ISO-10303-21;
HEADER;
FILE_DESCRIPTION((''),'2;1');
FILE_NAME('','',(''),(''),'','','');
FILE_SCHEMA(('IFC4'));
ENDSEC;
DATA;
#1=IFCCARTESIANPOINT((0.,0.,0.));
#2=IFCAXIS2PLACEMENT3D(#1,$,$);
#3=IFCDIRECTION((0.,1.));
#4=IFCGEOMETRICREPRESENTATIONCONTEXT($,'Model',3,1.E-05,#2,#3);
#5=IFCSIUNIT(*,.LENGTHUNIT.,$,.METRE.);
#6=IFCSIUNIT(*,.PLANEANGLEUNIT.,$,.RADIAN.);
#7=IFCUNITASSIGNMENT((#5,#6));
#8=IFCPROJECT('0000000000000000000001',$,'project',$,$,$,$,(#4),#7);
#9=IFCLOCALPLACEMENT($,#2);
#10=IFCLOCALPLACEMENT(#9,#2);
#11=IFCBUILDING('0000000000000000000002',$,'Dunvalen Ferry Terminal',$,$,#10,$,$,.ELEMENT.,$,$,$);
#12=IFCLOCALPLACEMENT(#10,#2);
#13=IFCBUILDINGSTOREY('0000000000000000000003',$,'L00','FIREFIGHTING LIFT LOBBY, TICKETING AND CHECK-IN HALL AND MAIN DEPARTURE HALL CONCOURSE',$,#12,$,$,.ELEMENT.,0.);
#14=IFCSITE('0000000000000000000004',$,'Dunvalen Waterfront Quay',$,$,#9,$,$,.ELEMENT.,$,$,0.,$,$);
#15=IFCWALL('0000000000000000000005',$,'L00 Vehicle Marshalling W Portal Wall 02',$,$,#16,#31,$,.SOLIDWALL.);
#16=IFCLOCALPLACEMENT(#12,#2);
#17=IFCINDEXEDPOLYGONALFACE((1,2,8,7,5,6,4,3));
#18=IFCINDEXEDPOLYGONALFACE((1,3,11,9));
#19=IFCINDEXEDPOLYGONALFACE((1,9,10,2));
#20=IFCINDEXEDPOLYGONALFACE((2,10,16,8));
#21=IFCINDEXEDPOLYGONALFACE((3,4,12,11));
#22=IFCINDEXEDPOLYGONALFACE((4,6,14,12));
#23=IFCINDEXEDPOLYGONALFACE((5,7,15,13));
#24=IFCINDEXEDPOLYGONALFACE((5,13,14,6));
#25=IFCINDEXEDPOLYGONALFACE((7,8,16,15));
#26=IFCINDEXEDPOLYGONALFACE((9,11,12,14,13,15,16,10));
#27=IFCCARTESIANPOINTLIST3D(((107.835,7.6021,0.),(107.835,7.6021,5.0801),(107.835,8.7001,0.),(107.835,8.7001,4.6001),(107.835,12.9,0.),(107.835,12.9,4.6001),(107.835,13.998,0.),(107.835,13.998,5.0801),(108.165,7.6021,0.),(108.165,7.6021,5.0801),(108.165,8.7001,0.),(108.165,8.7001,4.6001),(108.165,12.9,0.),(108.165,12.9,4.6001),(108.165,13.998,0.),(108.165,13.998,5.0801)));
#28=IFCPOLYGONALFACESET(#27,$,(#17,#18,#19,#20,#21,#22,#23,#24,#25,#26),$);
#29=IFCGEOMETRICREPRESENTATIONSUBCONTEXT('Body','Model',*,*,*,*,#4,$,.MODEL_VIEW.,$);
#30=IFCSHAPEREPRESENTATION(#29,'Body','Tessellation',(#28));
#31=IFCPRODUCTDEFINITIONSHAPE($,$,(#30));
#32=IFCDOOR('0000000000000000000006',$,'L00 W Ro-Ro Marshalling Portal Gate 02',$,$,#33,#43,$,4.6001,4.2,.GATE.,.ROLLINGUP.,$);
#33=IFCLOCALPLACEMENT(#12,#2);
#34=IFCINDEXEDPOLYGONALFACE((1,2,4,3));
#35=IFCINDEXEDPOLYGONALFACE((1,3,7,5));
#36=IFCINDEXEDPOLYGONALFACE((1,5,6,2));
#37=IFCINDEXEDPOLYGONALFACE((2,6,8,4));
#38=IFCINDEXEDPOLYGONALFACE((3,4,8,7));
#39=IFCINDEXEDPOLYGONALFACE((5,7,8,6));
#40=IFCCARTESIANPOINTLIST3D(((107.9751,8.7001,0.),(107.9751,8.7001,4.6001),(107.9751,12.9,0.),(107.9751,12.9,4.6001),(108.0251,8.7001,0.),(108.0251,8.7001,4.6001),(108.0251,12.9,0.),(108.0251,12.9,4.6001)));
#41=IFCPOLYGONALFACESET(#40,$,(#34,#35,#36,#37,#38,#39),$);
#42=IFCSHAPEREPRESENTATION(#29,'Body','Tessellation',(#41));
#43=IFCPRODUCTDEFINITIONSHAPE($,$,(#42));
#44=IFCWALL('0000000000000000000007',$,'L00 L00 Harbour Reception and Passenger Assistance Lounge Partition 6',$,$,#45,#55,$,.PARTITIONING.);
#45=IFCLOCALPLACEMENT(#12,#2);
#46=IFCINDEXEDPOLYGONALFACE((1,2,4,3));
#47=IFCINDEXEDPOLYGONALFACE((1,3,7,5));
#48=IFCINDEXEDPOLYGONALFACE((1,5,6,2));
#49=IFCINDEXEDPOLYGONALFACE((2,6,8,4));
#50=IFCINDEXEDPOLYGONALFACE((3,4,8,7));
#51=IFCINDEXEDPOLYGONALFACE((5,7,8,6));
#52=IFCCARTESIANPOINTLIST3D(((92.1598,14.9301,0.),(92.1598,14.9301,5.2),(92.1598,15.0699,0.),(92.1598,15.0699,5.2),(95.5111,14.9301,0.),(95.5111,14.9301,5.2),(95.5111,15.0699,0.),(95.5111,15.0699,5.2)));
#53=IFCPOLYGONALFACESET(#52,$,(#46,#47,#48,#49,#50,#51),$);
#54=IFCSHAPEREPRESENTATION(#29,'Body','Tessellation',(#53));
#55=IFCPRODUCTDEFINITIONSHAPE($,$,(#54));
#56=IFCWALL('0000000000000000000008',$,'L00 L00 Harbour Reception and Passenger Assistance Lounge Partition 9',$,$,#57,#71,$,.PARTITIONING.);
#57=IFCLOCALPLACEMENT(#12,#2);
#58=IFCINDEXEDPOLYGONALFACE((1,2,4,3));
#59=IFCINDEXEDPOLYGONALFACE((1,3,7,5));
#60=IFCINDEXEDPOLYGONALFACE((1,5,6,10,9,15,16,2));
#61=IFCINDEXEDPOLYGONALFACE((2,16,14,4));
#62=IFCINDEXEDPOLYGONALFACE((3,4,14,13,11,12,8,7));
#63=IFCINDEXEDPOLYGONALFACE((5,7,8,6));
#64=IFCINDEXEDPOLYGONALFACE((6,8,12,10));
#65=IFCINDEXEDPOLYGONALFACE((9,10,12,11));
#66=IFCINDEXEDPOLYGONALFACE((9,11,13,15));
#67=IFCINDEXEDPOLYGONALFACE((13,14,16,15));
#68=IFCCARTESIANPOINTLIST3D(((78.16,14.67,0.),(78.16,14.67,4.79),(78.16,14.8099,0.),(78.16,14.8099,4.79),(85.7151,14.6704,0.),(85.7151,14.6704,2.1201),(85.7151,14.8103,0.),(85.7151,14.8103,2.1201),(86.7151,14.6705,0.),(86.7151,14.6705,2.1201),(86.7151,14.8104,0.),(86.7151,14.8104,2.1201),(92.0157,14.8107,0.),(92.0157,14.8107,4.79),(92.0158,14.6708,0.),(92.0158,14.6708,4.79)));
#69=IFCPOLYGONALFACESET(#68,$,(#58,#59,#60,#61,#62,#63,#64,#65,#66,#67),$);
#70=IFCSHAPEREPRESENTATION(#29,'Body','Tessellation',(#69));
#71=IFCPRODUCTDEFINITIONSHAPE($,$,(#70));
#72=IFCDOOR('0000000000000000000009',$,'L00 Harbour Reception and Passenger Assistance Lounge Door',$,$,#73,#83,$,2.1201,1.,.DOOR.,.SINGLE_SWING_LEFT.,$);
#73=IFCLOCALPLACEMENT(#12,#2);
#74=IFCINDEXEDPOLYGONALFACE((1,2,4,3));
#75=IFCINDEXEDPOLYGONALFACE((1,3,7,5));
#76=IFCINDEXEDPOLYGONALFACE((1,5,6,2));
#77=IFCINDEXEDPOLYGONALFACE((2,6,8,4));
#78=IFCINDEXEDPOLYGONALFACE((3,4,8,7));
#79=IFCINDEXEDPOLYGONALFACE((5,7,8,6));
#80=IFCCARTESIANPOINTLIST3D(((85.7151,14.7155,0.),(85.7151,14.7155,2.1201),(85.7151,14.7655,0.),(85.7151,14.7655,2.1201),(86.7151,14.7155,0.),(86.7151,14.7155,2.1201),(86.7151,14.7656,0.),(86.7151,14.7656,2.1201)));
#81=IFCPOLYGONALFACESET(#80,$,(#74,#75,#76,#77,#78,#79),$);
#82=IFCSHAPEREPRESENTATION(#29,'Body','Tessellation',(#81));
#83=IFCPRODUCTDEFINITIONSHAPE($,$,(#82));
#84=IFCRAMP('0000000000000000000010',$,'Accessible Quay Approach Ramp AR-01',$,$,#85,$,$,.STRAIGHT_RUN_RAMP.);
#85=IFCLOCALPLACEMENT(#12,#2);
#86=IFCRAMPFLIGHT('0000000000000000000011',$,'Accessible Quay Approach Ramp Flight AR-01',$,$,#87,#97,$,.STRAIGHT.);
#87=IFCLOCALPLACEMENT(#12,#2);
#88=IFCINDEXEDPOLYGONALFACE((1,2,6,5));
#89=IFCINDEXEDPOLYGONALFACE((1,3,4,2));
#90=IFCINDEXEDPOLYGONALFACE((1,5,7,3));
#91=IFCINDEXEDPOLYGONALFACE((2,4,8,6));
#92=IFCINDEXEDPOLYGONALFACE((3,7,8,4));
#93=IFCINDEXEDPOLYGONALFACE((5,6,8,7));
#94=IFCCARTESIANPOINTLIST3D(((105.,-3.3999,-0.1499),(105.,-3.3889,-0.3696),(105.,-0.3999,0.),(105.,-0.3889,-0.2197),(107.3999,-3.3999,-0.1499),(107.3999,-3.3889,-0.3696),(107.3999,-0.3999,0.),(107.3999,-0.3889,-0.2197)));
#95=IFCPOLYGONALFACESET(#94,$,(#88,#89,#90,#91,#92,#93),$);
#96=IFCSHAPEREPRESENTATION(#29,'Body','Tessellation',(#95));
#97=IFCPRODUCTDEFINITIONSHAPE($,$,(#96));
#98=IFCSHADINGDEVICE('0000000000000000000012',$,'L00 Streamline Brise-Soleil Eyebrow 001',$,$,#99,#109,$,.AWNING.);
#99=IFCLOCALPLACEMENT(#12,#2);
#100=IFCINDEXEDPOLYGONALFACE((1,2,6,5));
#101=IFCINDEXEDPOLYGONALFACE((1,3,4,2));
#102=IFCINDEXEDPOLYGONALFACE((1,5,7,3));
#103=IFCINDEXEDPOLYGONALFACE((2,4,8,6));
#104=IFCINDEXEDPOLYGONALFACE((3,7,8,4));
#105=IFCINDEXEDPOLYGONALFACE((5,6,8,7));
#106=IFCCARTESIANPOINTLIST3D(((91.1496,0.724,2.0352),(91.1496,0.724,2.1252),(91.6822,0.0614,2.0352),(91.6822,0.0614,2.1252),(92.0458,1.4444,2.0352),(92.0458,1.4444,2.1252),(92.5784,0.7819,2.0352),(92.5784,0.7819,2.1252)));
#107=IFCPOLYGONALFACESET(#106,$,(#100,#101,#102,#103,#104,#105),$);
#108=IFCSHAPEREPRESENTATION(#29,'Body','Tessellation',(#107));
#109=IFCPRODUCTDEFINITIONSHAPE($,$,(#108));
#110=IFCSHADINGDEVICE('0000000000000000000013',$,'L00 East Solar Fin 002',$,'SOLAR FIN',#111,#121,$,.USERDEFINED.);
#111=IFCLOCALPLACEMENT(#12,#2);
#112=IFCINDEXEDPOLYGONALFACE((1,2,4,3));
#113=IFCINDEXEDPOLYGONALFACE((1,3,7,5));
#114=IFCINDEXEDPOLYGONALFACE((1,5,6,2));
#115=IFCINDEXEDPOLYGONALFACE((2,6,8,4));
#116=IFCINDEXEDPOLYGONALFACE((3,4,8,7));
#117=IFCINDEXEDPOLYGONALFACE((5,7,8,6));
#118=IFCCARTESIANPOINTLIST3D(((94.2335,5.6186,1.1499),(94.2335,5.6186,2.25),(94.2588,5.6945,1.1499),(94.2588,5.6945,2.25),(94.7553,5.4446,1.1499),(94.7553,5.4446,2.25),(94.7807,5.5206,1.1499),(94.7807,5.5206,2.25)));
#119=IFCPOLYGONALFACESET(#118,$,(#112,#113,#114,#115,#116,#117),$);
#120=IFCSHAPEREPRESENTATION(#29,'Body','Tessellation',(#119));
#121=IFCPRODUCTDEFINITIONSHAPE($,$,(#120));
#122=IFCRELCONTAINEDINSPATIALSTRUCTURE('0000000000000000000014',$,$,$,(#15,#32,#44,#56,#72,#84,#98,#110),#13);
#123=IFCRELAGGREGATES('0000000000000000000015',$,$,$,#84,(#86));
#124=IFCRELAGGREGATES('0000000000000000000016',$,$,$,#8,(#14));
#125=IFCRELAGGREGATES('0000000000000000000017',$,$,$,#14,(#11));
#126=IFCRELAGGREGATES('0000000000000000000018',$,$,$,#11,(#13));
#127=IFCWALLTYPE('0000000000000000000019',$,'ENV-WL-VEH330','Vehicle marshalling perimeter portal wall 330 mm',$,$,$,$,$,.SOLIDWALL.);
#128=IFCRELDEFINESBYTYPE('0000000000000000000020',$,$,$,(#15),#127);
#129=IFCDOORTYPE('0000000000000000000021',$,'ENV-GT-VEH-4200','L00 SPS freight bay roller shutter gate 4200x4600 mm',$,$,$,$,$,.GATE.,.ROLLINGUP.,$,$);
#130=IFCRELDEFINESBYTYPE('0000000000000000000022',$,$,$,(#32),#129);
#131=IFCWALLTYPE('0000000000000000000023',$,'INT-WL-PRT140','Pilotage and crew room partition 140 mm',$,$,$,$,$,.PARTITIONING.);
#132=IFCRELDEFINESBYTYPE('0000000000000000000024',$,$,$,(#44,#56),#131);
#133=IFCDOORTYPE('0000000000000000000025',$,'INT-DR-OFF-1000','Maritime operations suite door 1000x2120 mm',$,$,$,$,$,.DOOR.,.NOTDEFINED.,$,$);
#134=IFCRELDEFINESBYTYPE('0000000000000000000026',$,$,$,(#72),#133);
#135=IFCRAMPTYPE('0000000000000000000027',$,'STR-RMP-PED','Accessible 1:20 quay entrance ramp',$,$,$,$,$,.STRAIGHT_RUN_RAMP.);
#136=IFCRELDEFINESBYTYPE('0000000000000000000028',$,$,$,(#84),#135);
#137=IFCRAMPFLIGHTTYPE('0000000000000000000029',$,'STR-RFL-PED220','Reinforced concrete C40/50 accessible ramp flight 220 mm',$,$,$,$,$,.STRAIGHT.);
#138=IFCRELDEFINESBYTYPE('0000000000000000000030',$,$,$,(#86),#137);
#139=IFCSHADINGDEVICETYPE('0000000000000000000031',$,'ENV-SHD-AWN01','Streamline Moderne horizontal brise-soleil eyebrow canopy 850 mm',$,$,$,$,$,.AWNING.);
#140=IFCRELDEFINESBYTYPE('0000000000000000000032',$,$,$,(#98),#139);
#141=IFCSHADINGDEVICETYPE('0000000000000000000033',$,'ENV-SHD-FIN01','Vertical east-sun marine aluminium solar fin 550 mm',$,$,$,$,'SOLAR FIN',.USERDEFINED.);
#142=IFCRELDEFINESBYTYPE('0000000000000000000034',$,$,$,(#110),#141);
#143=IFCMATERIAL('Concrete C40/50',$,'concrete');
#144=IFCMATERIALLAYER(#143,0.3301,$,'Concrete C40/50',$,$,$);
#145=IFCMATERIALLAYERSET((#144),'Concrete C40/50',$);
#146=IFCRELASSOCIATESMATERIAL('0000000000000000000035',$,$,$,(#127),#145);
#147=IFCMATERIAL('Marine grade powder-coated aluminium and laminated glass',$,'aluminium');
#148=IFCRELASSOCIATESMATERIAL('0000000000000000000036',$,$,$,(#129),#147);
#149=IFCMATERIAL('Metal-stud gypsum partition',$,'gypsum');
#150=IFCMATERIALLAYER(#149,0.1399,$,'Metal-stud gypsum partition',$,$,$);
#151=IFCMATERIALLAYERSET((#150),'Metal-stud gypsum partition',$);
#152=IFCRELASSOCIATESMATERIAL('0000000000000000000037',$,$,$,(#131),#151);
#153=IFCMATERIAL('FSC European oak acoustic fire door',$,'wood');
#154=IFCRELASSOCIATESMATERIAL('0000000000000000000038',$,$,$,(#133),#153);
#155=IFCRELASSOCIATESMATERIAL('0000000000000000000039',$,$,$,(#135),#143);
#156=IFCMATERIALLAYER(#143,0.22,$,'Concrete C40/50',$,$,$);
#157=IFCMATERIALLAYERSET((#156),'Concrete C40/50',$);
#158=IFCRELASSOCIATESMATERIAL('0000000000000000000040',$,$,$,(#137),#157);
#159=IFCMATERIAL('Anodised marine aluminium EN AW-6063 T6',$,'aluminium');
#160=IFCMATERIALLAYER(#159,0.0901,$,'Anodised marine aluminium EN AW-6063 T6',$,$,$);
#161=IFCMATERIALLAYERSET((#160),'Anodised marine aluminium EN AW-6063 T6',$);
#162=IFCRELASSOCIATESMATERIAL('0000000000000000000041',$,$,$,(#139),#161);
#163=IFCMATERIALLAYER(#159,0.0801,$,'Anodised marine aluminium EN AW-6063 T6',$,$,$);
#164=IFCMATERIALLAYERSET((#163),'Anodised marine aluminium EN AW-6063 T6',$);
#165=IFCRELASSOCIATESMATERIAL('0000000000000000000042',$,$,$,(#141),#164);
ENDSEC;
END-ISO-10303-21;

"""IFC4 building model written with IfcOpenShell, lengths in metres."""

from ifc_helpers import new_model, si_unit, direction, frame, frame_2d, origin, origin_2d, place, context, subcontext, project, spatial, polyline, rectangle, outline, extrude, material, layer, layer_set, type_object, element, fill, aggregate, save


model = new_model("IFC4")

# Units and contexts
model_context = context("Model", 3, precision=1e-05, world=origin(), true_north=direction((0.0, 1.0)))
body_context = subcontext(model_context, "Body", "Model", "MODEL_VIEW")
ifc_project = project(units=[si_unit("LENGTHUNIT", "METRE"), si_unit("PLANEANGLEUNIT", "RADIAN")], contexts=[model_context])

# Site, building, storey
site_placement = place(None, origin())
site = spatial("IfcSite", under=ifc_project, at=site_placement, Name="Dunvalen Waterfront Quay", CompositionType="ELEMENT", RefElevation=0.0)
building_placement = place(site_placement, origin())
building = spatial("IfcBuilding", under=site, at=building_placement, Name="Dunvalen Ferry Terminal", CompositionType="ELEMENT")
storey_placement = place(building_placement, origin())
storey = spatial("IfcBuildingStorey", under=building, at=storey_placement, Name="L00", Description="FIREFIGHTING LIFT LOBBY, TICKETING AND CHECK-IN HALL AND MAIN DEPARTURE HALL CONCOURSE", CompositionType="ELEMENT", Elevation=0.0)

# Shared definitions
ifc_material_1 = material(Name="Concrete C40/50", Category="concrete")

# Shared definitions
ifc_material_2 = material(Name="Marine grade powder-coated aluminium and laminated glass", Category="aluminium")

# Shared definitions
ifc_layer_1 = layer(ifc_material_1, 0.3301, Name="Concrete C40/50")
ifc_layer_set_1 = layer_set([ifc_layer_1], Name="Concrete C40/50")
wall_type_1 = type_object("IfcWallType", Name="ENV-WL-VEH330", Description="Vehicle marshalling perimeter portal wall 330 mm", PredefinedType="SOLIDWALL", material=ifc_layer_set_1)

# Wall, opening, door
wall_1_placement = place(storey_placement, frame((108.0, 7.6021, 0.0), z_axis=(0.0, 0.0, 1.0), x_axis=(0.0, 1.0, 0.0)))
wall_1 = element("IfcWall", 1, at=wall_1_placement, inside=storey, type_object=wall_type_1, Name="L00 Vehicle Marshalling W Portal Wall 02", PredefinedType="SOLIDWALL", context=body_context, shape_type="SweptSolid", body=[
    extrude(rectangle(XDim=6.396, YDim=0.3301, at=frame_2d((3.198, 0.0))), origin(), (0.0, 0.0, 1.0), 5.0801),
])
opening_1_placement = place(wall_1_placement, frame((1.0979, 0.0, 0.0)))
opening_1 = element("IfcOpeningElement", 2, at=opening_1_placement, cuts=wall_1, PredefinedType="OPENING", context=body_context, shape_type="SweptSolid", body=[
    extrude(rectangle(XDim=4.2, YDim=4.6001, at=frame_2d((2.1001, 2.3))), frame((0.0, 0.175, 0.0), z_axis=(0.0, -1.0, 0.0), x_axis=(1.0, 0.0, 0.0)), (0.0, 0.0, 1.0), 0.3501),
])
door_type_1 = type_object("IfcDoorType", Name="ENV-GT-VEH-4200", Description="L00 SPS freight bay roller shutter gate 4200x4600 mm", OperationType="ROLLINGUP", PredefinedType="GATE", material=ifc_material_2)
door_1_placement = place(opening_1_placement, origin())
door_1 = element("IfcDoor", 3, at=door_1_placement, inside=storey, type_object=door_type_1, Name="L00 W Ro-Ro Marshalling Portal Gate 02", OperationType="ROLLINGUP", OverallHeight=4.6001, OverallWidth=4.2, PredefinedType="GATE", context=body_context, shape_type="SweptSolid", body=[
    extrude(rectangle(XDim=4.2, YDim=4.6001, at=frame_2d((2.1001, 2.3))), frame((0.0, 0.0249, 0.0), z_axis=(0.0, -1.0, 0.0), x_axis=(1.0, 0.0, 0.0)), (0.0, 0.0, 1.0), 0.05),
])
fill(opening_1, door_1)

# Wall
ifc_material_3 = material(Name="Metal-stud gypsum partition", Category="gypsum")
ifc_layer_2 = layer(ifc_material_3, 0.1399, Name="Metal-stud gypsum partition")
ifc_layer_set_2 = layer_set([ifc_layer_2], Name="Metal-stud gypsum partition")
wall_type_2 = type_object("IfcWallType", Name="INT-WL-PRT140", Description="Pilotage and crew room partition 140 mm", PredefinedType="PARTITIONING", material=ifc_layer_set_2)
wall_2_placement = place(storey_placement, frame((95.5112, 15.0, 0.0), z_axis=(0.0, 0.0, 1.0), x_axis=(-1.0, 0.0, 0.0)))
element("IfcWall", 4, at=wall_2_placement, inside=storey, type_object=wall_type_2, Name="L00 L00 Harbour Reception and Passenger Assistance Lounge Partition 6", PredefinedType="PARTITIONING", context=body_context, shape_type="SweptSolid", body=[
    extrude(rectangle(XDim=3.3513, YDim=0.1399, at=frame_2d((1.6758, 0.0))), origin(), (0.0, 0.0, 1.0), 5.2),
])

# Wall, opening, door
wall_3_placement = place(storey_placement, frame((92.0156, 14.7407, 0.0), z_axis=(0.0, 0.0, 1.0), x_axis=(-1.0, -0.000053, 0.0)))
wall_3 = element("IfcWall", 5, at=wall_3_placement, inside=storey, type_object=wall_type_2, Name="L00 L00 Harbour Reception and Passenger Assistance Lounge Partition 9", PredefinedType="PARTITIONING", context=body_context, shape_type="SweptSolid", body=[
    extrude(rectangle(XDim=13.8557, YDim=0.1399, at=frame_2d((6.9277, 0.0))), origin(), (0.0, 0.0, 1.0), 4.79),
])
opening_2_placement = place(wall_3_placement, frame((5.3005, 0.0, 0.0)))
opening_2 = element("IfcOpeningElement", 6, at=opening_2_placement, cuts=wall_3, PredefinedType="OPENING", context=body_context, shape_type="SweptSolid", body=[
    extrude(rectangle(XDim=1.0, YDim=2.1201, at=frame_2d((0.5, 1.0601))), frame((0.0, 0.0801, 0.0), z_axis=(0.0, -1.0, 0.0), x_axis=(1.0, 0.0, 0.0)), (0.0, 0.0, 1.0), 0.1599),
])
ifc_material_4 = material(Name="FSC European oak acoustic fire door", Category="wood")
door_type_2 = type_object("IfcDoorType", Name="INT-DR-OFF-1000", Description="Maritime operations suite door 1000x2120 mm", OperationType="NOTDEFINED", PredefinedType="DOOR", material=ifc_material_4)
door_2_placement = place(opening_2_placement, origin())
door_2 = element("IfcDoor", 7, at=door_2_placement, inside=storey, type_object=door_type_2, Name="L00 Harbour Reception and Passenger Assistance Lounge Door", OperationType="SINGLE_SWING_LEFT", OverallHeight=2.1201, OverallWidth=1.0, PredefinedType="DOOR", context=body_context, shape_type="SweptSolid", body=[
    extrude(rectangle(XDim=1.0, YDim=2.1201, at=frame_2d((0.5, 1.0601))), frame((0.0, 0.0249, 0.0), z_axis=(0.0, -1.0, 0.0), x_axis=(1.0, 0.0, 0.0)), (0.0, 0.0, 1.0), 0.05),
])
fill(opening_2, door_2)

# Ramp, ramp flight
ramp_type = type_object("IfcRampType", Name="STR-RMP-PED", Description="Accessible 1:20 quay entrance ramp", PredefinedType="STRAIGHT_RUN_RAMP", material=ifc_material_1)
ramp_placement = place(storey_placement, origin())
ramp = element("IfcRamp", 8, at=ramp_placement, inside=storey, type_object=ramp_type, Name="Accessible Quay Approach Ramp AR-01", PredefinedType="STRAIGHT_RUN_RAMP")
ifc_layer_3 = layer(ifc_material_1, 0.22, Name="Concrete C40/50")
ifc_layer_set_3 = layer_set([ifc_layer_3], Name="Concrete C40/50")
ramp_flight_type = type_object("IfcRampFlightType", Name="STR-RFL-PED220", Description="Reinforced concrete C40/50 accessible ramp flight 220 mm", PredefinedType="STRAIGHT", material=ifc_layer_set_3)
ramp_flight_placement = place(storey_placement, frame((105.0, -3.3999, -0.1499), z_axis=(0.0, -0.049905, 0.998754), x_axis=(1.0, 0.0, 0.0)))
ramp_flight = element("IfcRampFlight", 9, at=ramp_flight_placement, type_object=ramp_flight_type, Name="Accessible Quay Approach Ramp Flight AR-01", PredefinedType="STRAIGHT", context=body_context, shape_type="SweptSolid", body=[
    extrude(outline(polyline([(0.0, 0.0), (2.3999, 0.0), (2.3999, 3.0037), (0.0, 3.0037), (0.0, 0.0)])), origin(), (0.0, 0.0, -1.0), 0.22),
])
aggregate(ramp, [ramp_flight])

# Shading devices
ifc_material_5 = material(Name="Anodised marine aluminium EN AW-6063 T6", Category="aluminium")
ifc_layer_4 = layer(ifc_material_5, 0.0901, Name="Anodised marine aluminium EN AW-6063 T6")
ifc_layer_set_4 = layer_set([ifc_layer_4], Name="Anodised marine aluminium EN AW-6063 T6")
shading_device_type_1 = type_object("IfcShadingDeviceType", Name="ENV-SHD-AWN01", Description="Streamline Moderne horizontal brise-soleil eyebrow canopy 850 mm", PredefinedType="AWNING", material=ifc_layer_set_4)
shading_device_1_placement = place(storey_placement, frame((91.864, 0.7529, 2.0352), z_axis=(0.0, 0.0, 1.0), x_axis=(0.779409, 0.626515, 0.0)))
element("IfcShadingDevice", 10, at=shading_device_1_placement, inside=storey, type_object=shading_device_type_1, Name="L00 Streamline Brise-Soleil Eyebrow 001", PredefinedType="AWNING", context=body_context, shape_type="SweptSolid", body=[
    extrude(rectangle(XDim=1.1499, YDim=0.8501, at=origin_2d()), origin(), (0.0, 0.0, 1.0), 0.0901),
])
ifc_layer_5 = layer(ifc_material_5, 0.0801, Name="Anodised marine aluminium EN AW-6063 T6")
ifc_layer_set_5 = layer_set([ifc_layer_5], Name="Anodised marine aluminium EN AW-6063 T6")
shading_device_type_2 = type_object("IfcShadingDeviceType", Name="ENV-SHD-FIN01", Description="Vertical east-sun marine aluminium solar fin 550 mm", ElementType="SOLAR FIN", PredefinedType="USERDEFINED", material=ifc_layer_set_5)
shading_device_2_placement = place(storey_placement, frame((94.5071, 5.5696, 1.1499), z_axis=(0.0, 0.0, 1.0), x_axis=(0.316232, 0.948682, 0.0)))
element("IfcShadingDevice", 11, at=shading_device_2_placement, inside=storey, type_object=shading_device_type_2, Name="L00 East Solar Fin 002", ObjectType="SOLAR FIN", PredefinedType="USERDEFINED", context=body_context, shape_type="SweptSolid", body=[
    extrude(rectangle(XDim=0.0801, YDim=0.55, at=origin_2d()), origin(), (0.0, 0.0, 1.0), 1.1001),
])

save(model, "model.ifc")
